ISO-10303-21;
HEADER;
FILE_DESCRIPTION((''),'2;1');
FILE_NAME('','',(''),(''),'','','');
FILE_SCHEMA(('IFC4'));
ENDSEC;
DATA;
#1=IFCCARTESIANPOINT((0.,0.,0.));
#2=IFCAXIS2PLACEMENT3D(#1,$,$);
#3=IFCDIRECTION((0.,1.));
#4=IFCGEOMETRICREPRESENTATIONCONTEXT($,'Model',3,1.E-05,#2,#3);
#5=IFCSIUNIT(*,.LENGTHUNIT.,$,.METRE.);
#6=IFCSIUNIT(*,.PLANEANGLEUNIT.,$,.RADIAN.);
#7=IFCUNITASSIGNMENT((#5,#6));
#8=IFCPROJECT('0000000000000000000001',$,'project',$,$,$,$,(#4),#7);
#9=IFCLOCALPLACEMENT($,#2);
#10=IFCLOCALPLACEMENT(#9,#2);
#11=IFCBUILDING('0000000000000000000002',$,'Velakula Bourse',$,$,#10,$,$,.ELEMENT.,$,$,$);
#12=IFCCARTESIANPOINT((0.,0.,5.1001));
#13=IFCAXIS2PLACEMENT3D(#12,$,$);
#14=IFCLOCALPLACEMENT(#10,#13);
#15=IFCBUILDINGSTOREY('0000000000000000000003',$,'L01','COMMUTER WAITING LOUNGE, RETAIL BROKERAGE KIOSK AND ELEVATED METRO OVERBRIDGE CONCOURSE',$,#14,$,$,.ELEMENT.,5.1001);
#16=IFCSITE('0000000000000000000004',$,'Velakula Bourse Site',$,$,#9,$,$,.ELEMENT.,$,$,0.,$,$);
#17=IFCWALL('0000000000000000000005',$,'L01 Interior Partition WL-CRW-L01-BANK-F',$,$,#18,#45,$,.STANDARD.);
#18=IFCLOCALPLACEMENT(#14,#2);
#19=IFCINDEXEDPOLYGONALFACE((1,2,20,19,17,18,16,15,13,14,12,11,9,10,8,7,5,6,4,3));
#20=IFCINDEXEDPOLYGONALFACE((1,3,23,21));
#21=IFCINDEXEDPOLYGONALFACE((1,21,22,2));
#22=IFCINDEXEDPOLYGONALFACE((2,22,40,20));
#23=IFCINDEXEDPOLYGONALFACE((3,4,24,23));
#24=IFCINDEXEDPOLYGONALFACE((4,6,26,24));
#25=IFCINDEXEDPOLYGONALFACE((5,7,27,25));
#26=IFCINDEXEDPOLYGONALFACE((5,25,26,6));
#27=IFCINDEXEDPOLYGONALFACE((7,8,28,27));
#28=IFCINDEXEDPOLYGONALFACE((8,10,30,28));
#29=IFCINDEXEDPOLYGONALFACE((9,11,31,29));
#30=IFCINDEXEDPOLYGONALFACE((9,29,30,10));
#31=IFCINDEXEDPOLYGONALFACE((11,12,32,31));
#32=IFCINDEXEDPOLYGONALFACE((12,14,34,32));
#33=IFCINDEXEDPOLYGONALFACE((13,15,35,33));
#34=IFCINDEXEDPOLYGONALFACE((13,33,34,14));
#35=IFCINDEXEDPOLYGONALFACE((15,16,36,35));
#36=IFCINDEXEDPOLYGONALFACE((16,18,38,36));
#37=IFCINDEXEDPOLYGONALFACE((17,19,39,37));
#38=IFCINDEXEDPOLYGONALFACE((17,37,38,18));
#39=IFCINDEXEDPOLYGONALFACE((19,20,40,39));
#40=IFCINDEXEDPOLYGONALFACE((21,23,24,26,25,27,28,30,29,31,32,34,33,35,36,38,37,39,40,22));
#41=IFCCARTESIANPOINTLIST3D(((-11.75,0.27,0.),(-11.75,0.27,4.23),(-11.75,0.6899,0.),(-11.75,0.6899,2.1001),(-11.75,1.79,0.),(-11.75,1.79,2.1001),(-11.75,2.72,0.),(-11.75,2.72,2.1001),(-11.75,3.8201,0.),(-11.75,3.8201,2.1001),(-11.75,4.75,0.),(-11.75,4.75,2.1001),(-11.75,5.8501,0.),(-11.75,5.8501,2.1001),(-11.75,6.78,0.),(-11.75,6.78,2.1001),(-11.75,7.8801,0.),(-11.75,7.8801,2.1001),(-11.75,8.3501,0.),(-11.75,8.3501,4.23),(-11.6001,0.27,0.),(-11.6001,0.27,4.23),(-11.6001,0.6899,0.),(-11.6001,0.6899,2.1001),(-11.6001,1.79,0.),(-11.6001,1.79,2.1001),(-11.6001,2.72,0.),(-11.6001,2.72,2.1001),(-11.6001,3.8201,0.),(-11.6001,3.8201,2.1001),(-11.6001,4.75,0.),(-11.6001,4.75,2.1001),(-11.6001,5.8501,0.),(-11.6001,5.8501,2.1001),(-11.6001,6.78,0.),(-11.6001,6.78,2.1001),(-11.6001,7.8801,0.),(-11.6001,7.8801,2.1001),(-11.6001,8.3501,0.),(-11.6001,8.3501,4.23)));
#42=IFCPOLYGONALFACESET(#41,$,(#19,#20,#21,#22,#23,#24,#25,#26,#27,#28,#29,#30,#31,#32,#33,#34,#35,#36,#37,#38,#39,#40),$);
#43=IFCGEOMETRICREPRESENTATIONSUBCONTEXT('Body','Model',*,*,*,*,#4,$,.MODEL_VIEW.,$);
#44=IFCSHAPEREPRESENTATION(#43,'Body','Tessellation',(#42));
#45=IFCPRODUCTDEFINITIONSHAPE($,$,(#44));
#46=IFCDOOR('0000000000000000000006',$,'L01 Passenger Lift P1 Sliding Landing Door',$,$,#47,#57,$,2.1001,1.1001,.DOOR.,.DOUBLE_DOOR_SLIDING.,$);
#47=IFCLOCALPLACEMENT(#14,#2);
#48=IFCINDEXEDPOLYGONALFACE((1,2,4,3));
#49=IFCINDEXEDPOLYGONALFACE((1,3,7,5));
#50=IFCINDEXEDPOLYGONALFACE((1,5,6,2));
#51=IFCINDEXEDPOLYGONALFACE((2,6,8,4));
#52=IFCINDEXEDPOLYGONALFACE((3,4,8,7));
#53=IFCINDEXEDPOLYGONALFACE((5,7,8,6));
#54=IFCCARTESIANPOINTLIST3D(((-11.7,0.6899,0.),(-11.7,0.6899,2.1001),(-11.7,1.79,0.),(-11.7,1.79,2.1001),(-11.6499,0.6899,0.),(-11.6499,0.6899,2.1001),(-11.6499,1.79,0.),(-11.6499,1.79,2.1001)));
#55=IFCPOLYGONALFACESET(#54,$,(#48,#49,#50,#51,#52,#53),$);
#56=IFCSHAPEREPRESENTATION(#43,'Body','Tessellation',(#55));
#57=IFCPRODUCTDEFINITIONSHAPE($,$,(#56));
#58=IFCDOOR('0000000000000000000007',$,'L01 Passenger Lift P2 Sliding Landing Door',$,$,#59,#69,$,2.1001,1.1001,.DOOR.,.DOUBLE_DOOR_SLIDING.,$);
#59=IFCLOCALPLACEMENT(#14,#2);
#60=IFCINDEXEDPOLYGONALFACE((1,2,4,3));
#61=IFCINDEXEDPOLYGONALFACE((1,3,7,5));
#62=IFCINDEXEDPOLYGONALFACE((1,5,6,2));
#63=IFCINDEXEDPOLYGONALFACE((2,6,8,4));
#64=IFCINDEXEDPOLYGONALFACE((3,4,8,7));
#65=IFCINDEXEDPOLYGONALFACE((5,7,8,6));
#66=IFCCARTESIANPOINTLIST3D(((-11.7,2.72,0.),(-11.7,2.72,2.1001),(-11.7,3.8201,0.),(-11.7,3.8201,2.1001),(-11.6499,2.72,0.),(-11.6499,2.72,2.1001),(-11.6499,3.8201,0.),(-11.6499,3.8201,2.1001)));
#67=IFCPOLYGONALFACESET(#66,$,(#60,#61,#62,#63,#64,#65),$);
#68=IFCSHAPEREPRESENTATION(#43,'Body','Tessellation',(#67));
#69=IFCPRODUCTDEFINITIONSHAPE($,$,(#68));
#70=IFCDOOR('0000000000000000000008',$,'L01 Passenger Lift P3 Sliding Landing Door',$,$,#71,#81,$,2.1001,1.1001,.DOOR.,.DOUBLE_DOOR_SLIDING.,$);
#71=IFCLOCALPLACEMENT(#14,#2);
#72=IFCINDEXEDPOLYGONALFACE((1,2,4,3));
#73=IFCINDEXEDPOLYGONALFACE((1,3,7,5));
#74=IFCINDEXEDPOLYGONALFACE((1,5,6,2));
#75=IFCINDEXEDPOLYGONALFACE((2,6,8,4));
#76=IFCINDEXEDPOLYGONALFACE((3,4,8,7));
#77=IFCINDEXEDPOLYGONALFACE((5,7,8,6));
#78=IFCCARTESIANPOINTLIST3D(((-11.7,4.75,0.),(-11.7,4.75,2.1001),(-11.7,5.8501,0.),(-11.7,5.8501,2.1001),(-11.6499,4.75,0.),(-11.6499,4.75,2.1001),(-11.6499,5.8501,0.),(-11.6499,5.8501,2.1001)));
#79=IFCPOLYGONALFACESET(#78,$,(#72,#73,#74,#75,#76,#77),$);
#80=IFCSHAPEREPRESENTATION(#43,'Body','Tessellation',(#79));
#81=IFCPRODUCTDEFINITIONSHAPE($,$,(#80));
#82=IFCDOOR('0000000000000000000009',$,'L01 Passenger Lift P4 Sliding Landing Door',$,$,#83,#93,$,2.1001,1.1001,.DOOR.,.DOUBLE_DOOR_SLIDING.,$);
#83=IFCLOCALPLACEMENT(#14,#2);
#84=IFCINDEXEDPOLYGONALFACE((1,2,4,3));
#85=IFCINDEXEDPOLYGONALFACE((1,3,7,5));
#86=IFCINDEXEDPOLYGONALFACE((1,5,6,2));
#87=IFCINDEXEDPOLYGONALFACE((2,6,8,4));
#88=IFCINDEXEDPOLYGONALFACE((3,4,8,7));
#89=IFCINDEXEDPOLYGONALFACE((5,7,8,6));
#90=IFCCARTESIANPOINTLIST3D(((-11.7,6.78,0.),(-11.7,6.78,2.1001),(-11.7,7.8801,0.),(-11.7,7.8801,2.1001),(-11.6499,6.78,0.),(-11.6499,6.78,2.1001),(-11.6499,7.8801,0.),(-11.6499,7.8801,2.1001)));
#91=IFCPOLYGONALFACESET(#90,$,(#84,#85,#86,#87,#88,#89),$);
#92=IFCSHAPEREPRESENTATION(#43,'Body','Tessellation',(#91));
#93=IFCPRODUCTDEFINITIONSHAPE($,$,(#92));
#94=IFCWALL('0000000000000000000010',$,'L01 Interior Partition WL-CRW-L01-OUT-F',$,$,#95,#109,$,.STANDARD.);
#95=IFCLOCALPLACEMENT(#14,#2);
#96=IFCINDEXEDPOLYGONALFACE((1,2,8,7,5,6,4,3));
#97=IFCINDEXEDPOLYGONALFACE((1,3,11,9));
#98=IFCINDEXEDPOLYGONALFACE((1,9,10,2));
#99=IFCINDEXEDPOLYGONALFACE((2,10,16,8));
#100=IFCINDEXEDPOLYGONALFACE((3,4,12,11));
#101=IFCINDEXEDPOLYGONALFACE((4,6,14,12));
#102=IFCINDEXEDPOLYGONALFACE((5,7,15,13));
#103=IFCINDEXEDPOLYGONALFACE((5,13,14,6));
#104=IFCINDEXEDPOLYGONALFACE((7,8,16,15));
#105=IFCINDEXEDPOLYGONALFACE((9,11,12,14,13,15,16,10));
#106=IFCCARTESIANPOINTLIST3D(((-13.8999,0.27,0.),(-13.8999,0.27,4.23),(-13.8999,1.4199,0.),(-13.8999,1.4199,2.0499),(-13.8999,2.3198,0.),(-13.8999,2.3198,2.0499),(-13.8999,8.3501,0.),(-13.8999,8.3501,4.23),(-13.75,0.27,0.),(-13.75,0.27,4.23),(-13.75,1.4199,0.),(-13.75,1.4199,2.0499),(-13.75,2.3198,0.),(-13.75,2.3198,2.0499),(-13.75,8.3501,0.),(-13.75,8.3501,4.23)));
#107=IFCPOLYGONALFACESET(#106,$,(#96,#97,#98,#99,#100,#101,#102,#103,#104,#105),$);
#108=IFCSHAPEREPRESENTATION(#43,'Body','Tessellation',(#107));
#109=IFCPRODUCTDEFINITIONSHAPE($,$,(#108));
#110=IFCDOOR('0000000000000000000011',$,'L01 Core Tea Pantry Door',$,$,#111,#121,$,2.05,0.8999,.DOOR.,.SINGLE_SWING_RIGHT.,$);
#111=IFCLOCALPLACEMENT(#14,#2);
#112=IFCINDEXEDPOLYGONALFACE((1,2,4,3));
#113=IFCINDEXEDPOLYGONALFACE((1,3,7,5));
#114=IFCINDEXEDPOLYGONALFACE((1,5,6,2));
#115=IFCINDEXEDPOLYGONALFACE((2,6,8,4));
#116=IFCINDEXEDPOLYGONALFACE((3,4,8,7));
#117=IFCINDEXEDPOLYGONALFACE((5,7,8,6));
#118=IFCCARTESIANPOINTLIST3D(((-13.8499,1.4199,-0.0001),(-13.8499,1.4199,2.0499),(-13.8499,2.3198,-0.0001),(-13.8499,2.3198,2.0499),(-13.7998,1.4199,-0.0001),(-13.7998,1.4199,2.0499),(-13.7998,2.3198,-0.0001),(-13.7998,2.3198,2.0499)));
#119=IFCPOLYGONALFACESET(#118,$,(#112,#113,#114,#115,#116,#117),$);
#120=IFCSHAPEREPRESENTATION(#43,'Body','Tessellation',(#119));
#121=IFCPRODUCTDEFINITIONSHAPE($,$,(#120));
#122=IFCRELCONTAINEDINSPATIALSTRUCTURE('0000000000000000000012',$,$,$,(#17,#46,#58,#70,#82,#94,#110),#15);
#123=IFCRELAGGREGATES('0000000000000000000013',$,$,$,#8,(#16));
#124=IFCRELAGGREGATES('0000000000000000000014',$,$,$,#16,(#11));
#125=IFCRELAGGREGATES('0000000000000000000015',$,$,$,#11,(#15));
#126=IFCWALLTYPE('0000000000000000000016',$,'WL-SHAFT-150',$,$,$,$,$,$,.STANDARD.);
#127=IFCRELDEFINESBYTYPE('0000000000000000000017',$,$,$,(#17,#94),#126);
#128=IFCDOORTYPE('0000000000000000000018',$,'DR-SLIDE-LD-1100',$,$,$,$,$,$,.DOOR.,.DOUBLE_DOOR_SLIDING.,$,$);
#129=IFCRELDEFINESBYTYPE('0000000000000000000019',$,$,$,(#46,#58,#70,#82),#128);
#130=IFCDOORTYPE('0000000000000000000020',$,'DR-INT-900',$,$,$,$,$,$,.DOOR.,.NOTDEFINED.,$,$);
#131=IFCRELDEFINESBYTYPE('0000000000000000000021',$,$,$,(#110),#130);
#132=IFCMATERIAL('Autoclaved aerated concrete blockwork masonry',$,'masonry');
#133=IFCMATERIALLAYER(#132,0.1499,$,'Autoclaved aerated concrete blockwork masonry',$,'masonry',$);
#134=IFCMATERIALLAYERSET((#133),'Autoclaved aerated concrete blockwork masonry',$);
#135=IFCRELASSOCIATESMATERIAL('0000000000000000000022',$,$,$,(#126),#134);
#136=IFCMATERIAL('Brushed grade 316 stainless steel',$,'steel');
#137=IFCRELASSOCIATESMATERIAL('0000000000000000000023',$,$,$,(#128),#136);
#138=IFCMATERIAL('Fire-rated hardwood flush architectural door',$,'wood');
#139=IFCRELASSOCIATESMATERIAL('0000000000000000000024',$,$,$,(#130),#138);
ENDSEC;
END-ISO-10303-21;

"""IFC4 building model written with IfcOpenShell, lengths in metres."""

from ifc_helpers import new_model, si_unit, direction, frame, frame_2d, origin, place, context, subcontext, project, spatial, rectangle, extrude, material, layer, layer_set, type_object, element, fill, save


model = new_model("IFC4")

# Units and contexts
model_context = context("Model", 3, precision=1e-05, world=origin(), true_north=direction((0.0, 1.0)))
body_context = subcontext(model_context, "Body", "Model", "MODEL_VIEW")
ifc_project = project(units=[si_unit("LENGTHUNIT", "METRE"), si_unit("PLANEANGLEUNIT", "RADIAN")], contexts=[model_context])

# Site, building, storey
site_placement = place(None, origin())
site = spatial("IfcSite", under=ifc_project, at=site_placement, Name="Velakula Bourse Site", CompositionType="ELEMENT", RefElevation=0.0)
building_placement = place(site_placement, origin())
building = spatial("IfcBuilding", under=site, at=building_placement, Name="Velakula Bourse", CompositionType="ELEMENT")
storey_placement = place(building_placement, frame((0.0, 0.0, 5.1001)))
storey = spatial("IfcBuildingStorey", under=building, at=storey_placement, Name="L01", Description="COMMUTER WAITING LOUNGE, RETAIL BROKERAGE KIOSK AND ELEVATED METRO OVERBRIDGE CONCOURSE", CompositionType="ELEMENT", Elevation=5.1001)

# Shared definitions
ifc_material_1 = material(Name="Fire-rated hardwood flush architectural door", Category="wood")

# Shared definitions
ifc_material_2 = material(Name="Autoclaved aerated concrete blockwork masonry", Category="masonry")
ifc_layer_1 = layer(ifc_material_2, 0.1499, Name="Autoclaved aerated concrete blockwork masonry", Category="masonry")
ifc_layer_set_1 = layer_set([ifc_layer_1], Name="Autoclaved aerated concrete blockwork masonry")
wall_type_1 = type_object("IfcWallType", Name="WL-SHAFT-150", PredefinedType="STANDARD", material=ifc_layer_set_1)

# Wall, openings, doors
wall_1_placement = place(storey_placement, frame((-11.675, 0.27, 0.0), z_axis=(0.0, 0.0, 1.0), x_axis=(0.0, 1.0, 0.0)))
wall_1 = element("IfcWall", 1, at=wall_1_placement, inside=storey, type_object=wall_type_1, Name="L01 Interior Partition WL-CRW-L01-BANK-F", PredefinedType="STANDARD", context=body_context, shape_type="SweptSolid", body=[
    extrude(rectangle(XDim=8.0801, YDim=0.1499, at=frame_2d((4.04, 0.0))), origin(), (0.0, 0.0, 1.0), 4.23),
])
opening_1_placement = place(wall_1_placement, frame((0.4199, 0.0, 0.0)))
opening_1 = element("IfcOpeningElement", 2, at=opening_1_placement, cuts=wall_1, PredefinedType="OPENING", context=body_context, shape_type="SweptSolid", body=[
    extrude(rectangle(XDim=1.1001, YDim=2.1001, at=frame_2d((0.55, 1.05))), frame((0.0, 0.085, 0.0), z_axis=(0.0, -1.0, 0.0), x_axis=(1.0, 0.0, 0.0)), (0.0, 0.0, 1.0), 0.1699),
])
opening_2_placement = place(wall_1_placement, frame((2.45, 0.0, 0.0)))
opening_2 = element("IfcOpeningElement", 3, at=opening_2_placement, cuts=wall_1, PredefinedType="OPENING", context=body_context, shape_type="SweptSolid", body=[
    extrude(rectangle(XDim=1.1001, YDim=2.1001, at=frame_2d((0.55, 1.05))), frame((0.0, 0.085, 0.0), z_axis=(0.0, -1.0, 0.0), x_axis=(1.0, 0.0, 0.0)), (0.0, 0.0, 1.0), 0.1699),
])
opening_3_placement = place(wall_1_placement, frame((4.48, 0.0, 0.0)))
opening_3 = element("IfcOpeningElement", 4, at=opening_3_placement, cuts=wall_1, PredefinedType="OPENING", context=body_context, shape_type="SweptSolid", body=[
    extrude(rectangle(XDim=1.1001, YDim=2.1001, at=frame_2d((0.55, 1.05))), frame((0.0, 0.085, 0.0), z_axis=(0.0, -1.0, 0.0), x_axis=(1.0, 0.0, 0.0)), (0.0, 0.0, 1.0), 0.1699),
])
opening_4_placement = place(wall_1_placement, frame((6.51, 0.0, 0.0)))
opening_4 = element("IfcOpeningElement", 5, at=opening_4_placement, cuts=wall_1, PredefinedType="OPENING", context=body_context, shape_type="SweptSolid", body=[
    extrude(rectangle(XDim=1.1001, YDim=2.1001, at=frame_2d((0.55, 1.05))), frame((0.0, 0.085, 0.0), z_axis=(0.0, -1.0, 0.0), x_axis=(1.0, 0.0, 0.0)), (0.0, 0.0, 1.0), 0.1699),
])
ifc_material_3 = material(Name="Brushed grade 316 stainless steel", Category="steel")
door_type_1 = type_object("IfcDoorType", Name="DR-SLIDE-LD-1100", OperationType="DOUBLE_DOOR_SLIDING", PredefinedType="DOOR", material=ifc_material_3)
door_1_placement = place(opening_1_placement, origin())
door_1 = element("IfcDoor", 6, at=door_1_placement, inside=storey, type_object=door_type_1, Name="L01 Passenger Lift P1 Sliding Landing Door", OperationType="DOUBLE_DOOR_SLIDING", OverallHeight=2.1001, OverallWidth=1.1001, PredefinedType="DOOR", context=body_context, shape_type="SweptSolid", body=[
    extrude(rectangle(XDim=1.1001, YDim=2.1001, at=frame_2d((0.55, 1.05))), frame((0.0, 0.0249, 0.0), z_axis=(0.0, -1.0, 0.0), x_axis=(1.0, 0.0, 0.0)), (0.0, 0.0, 1.0), 0.05),
])
fill(opening_1, door_1)
door_2_placement = place(opening_2_placement, origin())
door_2 = element("IfcDoor", 7, at=door_2_placement, inside=storey, type_object=door_type_1, Name="L01 Passenger Lift P2 Sliding Landing Door", OperationType="DOUBLE_DOOR_SLIDING", OverallHeight=2.1001, OverallWidth=1.1001, PredefinedType="DOOR", context=body_context, shape_type="SweptSolid", body=[
    extrude(rectangle(XDim=1.1001, YDim=2.1001, at=frame_2d((0.55, 1.05))), frame((0.0, 0.0249, 0.0), z_axis=(0.0, -1.0, 0.0), x_axis=(1.0, 0.0, 0.0)), (0.0, 0.0, 1.0), 0.05),
])
fill(opening_2, door_2)
door_3_placement = place(opening_3_placement, origin())
door_3 = element("IfcDoor", 8, at=door_3_placement, inside=storey, type_object=door_type_1, Name="L01 Passenger Lift P3 Sliding Landing Door", OperationType="DOUBLE_DOOR_SLIDING", OverallHeight=2.1001, OverallWidth=1.1001, PredefinedType="DOOR", context=body_context, shape_type="SweptSolid", body=[
    extrude(rectangle(XDim=1.1001, YDim=2.1001, at=frame_2d((0.55, 1.05))), frame((0.0, 0.0249, 0.0), z_axis=(0.0, -1.0, 0.0), x_axis=(1.0, 0.0, 0.0)), (0.0, 0.0, 1.0), 0.05),
])
fill(opening_3, door_3)
door_4_placement = place(opening_4_placement, origin())
door_4 = element("IfcDoor", 9, at=door_4_placement, inside=storey, type_object=door_type_1, Name="L01 Passenger Lift P4 Sliding Landing Door", OperationType="DOUBLE_DOOR_SLIDING", OverallHeight=2.1001, OverallWidth=1.1001, PredefinedType="DOOR", context=body_context, shape_type="SweptSolid", body=[
    extrude(rectangle(XDim=1.1001, YDim=2.1001, at=frame_2d((0.55, 1.05))), frame((0.0, 0.0249, 0.0), z_axis=(0.0, -1.0, 0.0), x_axis=(1.0, 0.0, 0.0)), (0.0, 0.0, 1.0), 0.05),
])
fill(opening_4, door_4)

# Wall, opening, door
wall_2_placement = place(storey_placement, frame((-13.825, 0.27, 0.0), z_axis=(0.0, 0.0, 1.0), x_axis=(0.0, 1.0, 0.0)))
wall_2 = element("IfcWall", 10, at=wall_2_placement, inside=storey, type_object=wall_type_1, Name="L01 Interior Partition WL-CRW-L01-OUT-F", PredefinedType="STANDARD", context=body_context, shape_type="SweptSolid", body=[
    extrude(rectangle(XDim=8.0801, YDim=0.1499, at=frame_2d((4.04, 0.0))), origin(), (0.0, 0.0, 1.0), 4.23),
])
opening_5_placement = place(wall_2_placement, frame((1.1499, 0.0, 0.0)))
opening_5 = element("IfcOpeningElement", 11, at=opening_5_placement, cuts=wall_2, PredefinedType="OPENING", context=body_context, shape_type="SweptSolid", body=[
    extrude(rectangle(XDim=0.8999, YDim=2.05, at=frame_2d((0.45, 1.0249))), frame((0.0, 0.085, 0.0), z_axis=(0.0, -1.0, 0.0), x_axis=(1.0, 0.0, 0.0)), (0.0, 0.0, 1.0), 0.1699),
])
door_type_2 = type_object("IfcDoorType", Name="DR-INT-900", OperationType="NOTDEFINED", PredefinedType="DOOR", material=ifc_material_1)
door_5_placement = place(opening_5_placement, origin())
door_5 = element("IfcDoor", 12, at=door_5_placement, inside=storey, type_object=door_type_2, Name="L01 Core Tea Pantry Door", OperationType="SINGLE_SWING_RIGHT", OverallHeight=2.05, OverallWidth=0.8999, PredefinedType="DOOR", context=body_context, shape_type="SweptSolid", body=[
    extrude(rectangle(XDim=0.8999, YDim=2.05, at=frame_2d((0.45, 1.0249))), frame((0.0, 0.0249, 0.0), z_axis=(0.0, -1.0, 0.0), x_axis=(1.0, 0.0, 0.0)), (0.0, 0.0, 1.0), 0.05),
])
fill(opening_5, door_5)

save(model, "model.ifc")
